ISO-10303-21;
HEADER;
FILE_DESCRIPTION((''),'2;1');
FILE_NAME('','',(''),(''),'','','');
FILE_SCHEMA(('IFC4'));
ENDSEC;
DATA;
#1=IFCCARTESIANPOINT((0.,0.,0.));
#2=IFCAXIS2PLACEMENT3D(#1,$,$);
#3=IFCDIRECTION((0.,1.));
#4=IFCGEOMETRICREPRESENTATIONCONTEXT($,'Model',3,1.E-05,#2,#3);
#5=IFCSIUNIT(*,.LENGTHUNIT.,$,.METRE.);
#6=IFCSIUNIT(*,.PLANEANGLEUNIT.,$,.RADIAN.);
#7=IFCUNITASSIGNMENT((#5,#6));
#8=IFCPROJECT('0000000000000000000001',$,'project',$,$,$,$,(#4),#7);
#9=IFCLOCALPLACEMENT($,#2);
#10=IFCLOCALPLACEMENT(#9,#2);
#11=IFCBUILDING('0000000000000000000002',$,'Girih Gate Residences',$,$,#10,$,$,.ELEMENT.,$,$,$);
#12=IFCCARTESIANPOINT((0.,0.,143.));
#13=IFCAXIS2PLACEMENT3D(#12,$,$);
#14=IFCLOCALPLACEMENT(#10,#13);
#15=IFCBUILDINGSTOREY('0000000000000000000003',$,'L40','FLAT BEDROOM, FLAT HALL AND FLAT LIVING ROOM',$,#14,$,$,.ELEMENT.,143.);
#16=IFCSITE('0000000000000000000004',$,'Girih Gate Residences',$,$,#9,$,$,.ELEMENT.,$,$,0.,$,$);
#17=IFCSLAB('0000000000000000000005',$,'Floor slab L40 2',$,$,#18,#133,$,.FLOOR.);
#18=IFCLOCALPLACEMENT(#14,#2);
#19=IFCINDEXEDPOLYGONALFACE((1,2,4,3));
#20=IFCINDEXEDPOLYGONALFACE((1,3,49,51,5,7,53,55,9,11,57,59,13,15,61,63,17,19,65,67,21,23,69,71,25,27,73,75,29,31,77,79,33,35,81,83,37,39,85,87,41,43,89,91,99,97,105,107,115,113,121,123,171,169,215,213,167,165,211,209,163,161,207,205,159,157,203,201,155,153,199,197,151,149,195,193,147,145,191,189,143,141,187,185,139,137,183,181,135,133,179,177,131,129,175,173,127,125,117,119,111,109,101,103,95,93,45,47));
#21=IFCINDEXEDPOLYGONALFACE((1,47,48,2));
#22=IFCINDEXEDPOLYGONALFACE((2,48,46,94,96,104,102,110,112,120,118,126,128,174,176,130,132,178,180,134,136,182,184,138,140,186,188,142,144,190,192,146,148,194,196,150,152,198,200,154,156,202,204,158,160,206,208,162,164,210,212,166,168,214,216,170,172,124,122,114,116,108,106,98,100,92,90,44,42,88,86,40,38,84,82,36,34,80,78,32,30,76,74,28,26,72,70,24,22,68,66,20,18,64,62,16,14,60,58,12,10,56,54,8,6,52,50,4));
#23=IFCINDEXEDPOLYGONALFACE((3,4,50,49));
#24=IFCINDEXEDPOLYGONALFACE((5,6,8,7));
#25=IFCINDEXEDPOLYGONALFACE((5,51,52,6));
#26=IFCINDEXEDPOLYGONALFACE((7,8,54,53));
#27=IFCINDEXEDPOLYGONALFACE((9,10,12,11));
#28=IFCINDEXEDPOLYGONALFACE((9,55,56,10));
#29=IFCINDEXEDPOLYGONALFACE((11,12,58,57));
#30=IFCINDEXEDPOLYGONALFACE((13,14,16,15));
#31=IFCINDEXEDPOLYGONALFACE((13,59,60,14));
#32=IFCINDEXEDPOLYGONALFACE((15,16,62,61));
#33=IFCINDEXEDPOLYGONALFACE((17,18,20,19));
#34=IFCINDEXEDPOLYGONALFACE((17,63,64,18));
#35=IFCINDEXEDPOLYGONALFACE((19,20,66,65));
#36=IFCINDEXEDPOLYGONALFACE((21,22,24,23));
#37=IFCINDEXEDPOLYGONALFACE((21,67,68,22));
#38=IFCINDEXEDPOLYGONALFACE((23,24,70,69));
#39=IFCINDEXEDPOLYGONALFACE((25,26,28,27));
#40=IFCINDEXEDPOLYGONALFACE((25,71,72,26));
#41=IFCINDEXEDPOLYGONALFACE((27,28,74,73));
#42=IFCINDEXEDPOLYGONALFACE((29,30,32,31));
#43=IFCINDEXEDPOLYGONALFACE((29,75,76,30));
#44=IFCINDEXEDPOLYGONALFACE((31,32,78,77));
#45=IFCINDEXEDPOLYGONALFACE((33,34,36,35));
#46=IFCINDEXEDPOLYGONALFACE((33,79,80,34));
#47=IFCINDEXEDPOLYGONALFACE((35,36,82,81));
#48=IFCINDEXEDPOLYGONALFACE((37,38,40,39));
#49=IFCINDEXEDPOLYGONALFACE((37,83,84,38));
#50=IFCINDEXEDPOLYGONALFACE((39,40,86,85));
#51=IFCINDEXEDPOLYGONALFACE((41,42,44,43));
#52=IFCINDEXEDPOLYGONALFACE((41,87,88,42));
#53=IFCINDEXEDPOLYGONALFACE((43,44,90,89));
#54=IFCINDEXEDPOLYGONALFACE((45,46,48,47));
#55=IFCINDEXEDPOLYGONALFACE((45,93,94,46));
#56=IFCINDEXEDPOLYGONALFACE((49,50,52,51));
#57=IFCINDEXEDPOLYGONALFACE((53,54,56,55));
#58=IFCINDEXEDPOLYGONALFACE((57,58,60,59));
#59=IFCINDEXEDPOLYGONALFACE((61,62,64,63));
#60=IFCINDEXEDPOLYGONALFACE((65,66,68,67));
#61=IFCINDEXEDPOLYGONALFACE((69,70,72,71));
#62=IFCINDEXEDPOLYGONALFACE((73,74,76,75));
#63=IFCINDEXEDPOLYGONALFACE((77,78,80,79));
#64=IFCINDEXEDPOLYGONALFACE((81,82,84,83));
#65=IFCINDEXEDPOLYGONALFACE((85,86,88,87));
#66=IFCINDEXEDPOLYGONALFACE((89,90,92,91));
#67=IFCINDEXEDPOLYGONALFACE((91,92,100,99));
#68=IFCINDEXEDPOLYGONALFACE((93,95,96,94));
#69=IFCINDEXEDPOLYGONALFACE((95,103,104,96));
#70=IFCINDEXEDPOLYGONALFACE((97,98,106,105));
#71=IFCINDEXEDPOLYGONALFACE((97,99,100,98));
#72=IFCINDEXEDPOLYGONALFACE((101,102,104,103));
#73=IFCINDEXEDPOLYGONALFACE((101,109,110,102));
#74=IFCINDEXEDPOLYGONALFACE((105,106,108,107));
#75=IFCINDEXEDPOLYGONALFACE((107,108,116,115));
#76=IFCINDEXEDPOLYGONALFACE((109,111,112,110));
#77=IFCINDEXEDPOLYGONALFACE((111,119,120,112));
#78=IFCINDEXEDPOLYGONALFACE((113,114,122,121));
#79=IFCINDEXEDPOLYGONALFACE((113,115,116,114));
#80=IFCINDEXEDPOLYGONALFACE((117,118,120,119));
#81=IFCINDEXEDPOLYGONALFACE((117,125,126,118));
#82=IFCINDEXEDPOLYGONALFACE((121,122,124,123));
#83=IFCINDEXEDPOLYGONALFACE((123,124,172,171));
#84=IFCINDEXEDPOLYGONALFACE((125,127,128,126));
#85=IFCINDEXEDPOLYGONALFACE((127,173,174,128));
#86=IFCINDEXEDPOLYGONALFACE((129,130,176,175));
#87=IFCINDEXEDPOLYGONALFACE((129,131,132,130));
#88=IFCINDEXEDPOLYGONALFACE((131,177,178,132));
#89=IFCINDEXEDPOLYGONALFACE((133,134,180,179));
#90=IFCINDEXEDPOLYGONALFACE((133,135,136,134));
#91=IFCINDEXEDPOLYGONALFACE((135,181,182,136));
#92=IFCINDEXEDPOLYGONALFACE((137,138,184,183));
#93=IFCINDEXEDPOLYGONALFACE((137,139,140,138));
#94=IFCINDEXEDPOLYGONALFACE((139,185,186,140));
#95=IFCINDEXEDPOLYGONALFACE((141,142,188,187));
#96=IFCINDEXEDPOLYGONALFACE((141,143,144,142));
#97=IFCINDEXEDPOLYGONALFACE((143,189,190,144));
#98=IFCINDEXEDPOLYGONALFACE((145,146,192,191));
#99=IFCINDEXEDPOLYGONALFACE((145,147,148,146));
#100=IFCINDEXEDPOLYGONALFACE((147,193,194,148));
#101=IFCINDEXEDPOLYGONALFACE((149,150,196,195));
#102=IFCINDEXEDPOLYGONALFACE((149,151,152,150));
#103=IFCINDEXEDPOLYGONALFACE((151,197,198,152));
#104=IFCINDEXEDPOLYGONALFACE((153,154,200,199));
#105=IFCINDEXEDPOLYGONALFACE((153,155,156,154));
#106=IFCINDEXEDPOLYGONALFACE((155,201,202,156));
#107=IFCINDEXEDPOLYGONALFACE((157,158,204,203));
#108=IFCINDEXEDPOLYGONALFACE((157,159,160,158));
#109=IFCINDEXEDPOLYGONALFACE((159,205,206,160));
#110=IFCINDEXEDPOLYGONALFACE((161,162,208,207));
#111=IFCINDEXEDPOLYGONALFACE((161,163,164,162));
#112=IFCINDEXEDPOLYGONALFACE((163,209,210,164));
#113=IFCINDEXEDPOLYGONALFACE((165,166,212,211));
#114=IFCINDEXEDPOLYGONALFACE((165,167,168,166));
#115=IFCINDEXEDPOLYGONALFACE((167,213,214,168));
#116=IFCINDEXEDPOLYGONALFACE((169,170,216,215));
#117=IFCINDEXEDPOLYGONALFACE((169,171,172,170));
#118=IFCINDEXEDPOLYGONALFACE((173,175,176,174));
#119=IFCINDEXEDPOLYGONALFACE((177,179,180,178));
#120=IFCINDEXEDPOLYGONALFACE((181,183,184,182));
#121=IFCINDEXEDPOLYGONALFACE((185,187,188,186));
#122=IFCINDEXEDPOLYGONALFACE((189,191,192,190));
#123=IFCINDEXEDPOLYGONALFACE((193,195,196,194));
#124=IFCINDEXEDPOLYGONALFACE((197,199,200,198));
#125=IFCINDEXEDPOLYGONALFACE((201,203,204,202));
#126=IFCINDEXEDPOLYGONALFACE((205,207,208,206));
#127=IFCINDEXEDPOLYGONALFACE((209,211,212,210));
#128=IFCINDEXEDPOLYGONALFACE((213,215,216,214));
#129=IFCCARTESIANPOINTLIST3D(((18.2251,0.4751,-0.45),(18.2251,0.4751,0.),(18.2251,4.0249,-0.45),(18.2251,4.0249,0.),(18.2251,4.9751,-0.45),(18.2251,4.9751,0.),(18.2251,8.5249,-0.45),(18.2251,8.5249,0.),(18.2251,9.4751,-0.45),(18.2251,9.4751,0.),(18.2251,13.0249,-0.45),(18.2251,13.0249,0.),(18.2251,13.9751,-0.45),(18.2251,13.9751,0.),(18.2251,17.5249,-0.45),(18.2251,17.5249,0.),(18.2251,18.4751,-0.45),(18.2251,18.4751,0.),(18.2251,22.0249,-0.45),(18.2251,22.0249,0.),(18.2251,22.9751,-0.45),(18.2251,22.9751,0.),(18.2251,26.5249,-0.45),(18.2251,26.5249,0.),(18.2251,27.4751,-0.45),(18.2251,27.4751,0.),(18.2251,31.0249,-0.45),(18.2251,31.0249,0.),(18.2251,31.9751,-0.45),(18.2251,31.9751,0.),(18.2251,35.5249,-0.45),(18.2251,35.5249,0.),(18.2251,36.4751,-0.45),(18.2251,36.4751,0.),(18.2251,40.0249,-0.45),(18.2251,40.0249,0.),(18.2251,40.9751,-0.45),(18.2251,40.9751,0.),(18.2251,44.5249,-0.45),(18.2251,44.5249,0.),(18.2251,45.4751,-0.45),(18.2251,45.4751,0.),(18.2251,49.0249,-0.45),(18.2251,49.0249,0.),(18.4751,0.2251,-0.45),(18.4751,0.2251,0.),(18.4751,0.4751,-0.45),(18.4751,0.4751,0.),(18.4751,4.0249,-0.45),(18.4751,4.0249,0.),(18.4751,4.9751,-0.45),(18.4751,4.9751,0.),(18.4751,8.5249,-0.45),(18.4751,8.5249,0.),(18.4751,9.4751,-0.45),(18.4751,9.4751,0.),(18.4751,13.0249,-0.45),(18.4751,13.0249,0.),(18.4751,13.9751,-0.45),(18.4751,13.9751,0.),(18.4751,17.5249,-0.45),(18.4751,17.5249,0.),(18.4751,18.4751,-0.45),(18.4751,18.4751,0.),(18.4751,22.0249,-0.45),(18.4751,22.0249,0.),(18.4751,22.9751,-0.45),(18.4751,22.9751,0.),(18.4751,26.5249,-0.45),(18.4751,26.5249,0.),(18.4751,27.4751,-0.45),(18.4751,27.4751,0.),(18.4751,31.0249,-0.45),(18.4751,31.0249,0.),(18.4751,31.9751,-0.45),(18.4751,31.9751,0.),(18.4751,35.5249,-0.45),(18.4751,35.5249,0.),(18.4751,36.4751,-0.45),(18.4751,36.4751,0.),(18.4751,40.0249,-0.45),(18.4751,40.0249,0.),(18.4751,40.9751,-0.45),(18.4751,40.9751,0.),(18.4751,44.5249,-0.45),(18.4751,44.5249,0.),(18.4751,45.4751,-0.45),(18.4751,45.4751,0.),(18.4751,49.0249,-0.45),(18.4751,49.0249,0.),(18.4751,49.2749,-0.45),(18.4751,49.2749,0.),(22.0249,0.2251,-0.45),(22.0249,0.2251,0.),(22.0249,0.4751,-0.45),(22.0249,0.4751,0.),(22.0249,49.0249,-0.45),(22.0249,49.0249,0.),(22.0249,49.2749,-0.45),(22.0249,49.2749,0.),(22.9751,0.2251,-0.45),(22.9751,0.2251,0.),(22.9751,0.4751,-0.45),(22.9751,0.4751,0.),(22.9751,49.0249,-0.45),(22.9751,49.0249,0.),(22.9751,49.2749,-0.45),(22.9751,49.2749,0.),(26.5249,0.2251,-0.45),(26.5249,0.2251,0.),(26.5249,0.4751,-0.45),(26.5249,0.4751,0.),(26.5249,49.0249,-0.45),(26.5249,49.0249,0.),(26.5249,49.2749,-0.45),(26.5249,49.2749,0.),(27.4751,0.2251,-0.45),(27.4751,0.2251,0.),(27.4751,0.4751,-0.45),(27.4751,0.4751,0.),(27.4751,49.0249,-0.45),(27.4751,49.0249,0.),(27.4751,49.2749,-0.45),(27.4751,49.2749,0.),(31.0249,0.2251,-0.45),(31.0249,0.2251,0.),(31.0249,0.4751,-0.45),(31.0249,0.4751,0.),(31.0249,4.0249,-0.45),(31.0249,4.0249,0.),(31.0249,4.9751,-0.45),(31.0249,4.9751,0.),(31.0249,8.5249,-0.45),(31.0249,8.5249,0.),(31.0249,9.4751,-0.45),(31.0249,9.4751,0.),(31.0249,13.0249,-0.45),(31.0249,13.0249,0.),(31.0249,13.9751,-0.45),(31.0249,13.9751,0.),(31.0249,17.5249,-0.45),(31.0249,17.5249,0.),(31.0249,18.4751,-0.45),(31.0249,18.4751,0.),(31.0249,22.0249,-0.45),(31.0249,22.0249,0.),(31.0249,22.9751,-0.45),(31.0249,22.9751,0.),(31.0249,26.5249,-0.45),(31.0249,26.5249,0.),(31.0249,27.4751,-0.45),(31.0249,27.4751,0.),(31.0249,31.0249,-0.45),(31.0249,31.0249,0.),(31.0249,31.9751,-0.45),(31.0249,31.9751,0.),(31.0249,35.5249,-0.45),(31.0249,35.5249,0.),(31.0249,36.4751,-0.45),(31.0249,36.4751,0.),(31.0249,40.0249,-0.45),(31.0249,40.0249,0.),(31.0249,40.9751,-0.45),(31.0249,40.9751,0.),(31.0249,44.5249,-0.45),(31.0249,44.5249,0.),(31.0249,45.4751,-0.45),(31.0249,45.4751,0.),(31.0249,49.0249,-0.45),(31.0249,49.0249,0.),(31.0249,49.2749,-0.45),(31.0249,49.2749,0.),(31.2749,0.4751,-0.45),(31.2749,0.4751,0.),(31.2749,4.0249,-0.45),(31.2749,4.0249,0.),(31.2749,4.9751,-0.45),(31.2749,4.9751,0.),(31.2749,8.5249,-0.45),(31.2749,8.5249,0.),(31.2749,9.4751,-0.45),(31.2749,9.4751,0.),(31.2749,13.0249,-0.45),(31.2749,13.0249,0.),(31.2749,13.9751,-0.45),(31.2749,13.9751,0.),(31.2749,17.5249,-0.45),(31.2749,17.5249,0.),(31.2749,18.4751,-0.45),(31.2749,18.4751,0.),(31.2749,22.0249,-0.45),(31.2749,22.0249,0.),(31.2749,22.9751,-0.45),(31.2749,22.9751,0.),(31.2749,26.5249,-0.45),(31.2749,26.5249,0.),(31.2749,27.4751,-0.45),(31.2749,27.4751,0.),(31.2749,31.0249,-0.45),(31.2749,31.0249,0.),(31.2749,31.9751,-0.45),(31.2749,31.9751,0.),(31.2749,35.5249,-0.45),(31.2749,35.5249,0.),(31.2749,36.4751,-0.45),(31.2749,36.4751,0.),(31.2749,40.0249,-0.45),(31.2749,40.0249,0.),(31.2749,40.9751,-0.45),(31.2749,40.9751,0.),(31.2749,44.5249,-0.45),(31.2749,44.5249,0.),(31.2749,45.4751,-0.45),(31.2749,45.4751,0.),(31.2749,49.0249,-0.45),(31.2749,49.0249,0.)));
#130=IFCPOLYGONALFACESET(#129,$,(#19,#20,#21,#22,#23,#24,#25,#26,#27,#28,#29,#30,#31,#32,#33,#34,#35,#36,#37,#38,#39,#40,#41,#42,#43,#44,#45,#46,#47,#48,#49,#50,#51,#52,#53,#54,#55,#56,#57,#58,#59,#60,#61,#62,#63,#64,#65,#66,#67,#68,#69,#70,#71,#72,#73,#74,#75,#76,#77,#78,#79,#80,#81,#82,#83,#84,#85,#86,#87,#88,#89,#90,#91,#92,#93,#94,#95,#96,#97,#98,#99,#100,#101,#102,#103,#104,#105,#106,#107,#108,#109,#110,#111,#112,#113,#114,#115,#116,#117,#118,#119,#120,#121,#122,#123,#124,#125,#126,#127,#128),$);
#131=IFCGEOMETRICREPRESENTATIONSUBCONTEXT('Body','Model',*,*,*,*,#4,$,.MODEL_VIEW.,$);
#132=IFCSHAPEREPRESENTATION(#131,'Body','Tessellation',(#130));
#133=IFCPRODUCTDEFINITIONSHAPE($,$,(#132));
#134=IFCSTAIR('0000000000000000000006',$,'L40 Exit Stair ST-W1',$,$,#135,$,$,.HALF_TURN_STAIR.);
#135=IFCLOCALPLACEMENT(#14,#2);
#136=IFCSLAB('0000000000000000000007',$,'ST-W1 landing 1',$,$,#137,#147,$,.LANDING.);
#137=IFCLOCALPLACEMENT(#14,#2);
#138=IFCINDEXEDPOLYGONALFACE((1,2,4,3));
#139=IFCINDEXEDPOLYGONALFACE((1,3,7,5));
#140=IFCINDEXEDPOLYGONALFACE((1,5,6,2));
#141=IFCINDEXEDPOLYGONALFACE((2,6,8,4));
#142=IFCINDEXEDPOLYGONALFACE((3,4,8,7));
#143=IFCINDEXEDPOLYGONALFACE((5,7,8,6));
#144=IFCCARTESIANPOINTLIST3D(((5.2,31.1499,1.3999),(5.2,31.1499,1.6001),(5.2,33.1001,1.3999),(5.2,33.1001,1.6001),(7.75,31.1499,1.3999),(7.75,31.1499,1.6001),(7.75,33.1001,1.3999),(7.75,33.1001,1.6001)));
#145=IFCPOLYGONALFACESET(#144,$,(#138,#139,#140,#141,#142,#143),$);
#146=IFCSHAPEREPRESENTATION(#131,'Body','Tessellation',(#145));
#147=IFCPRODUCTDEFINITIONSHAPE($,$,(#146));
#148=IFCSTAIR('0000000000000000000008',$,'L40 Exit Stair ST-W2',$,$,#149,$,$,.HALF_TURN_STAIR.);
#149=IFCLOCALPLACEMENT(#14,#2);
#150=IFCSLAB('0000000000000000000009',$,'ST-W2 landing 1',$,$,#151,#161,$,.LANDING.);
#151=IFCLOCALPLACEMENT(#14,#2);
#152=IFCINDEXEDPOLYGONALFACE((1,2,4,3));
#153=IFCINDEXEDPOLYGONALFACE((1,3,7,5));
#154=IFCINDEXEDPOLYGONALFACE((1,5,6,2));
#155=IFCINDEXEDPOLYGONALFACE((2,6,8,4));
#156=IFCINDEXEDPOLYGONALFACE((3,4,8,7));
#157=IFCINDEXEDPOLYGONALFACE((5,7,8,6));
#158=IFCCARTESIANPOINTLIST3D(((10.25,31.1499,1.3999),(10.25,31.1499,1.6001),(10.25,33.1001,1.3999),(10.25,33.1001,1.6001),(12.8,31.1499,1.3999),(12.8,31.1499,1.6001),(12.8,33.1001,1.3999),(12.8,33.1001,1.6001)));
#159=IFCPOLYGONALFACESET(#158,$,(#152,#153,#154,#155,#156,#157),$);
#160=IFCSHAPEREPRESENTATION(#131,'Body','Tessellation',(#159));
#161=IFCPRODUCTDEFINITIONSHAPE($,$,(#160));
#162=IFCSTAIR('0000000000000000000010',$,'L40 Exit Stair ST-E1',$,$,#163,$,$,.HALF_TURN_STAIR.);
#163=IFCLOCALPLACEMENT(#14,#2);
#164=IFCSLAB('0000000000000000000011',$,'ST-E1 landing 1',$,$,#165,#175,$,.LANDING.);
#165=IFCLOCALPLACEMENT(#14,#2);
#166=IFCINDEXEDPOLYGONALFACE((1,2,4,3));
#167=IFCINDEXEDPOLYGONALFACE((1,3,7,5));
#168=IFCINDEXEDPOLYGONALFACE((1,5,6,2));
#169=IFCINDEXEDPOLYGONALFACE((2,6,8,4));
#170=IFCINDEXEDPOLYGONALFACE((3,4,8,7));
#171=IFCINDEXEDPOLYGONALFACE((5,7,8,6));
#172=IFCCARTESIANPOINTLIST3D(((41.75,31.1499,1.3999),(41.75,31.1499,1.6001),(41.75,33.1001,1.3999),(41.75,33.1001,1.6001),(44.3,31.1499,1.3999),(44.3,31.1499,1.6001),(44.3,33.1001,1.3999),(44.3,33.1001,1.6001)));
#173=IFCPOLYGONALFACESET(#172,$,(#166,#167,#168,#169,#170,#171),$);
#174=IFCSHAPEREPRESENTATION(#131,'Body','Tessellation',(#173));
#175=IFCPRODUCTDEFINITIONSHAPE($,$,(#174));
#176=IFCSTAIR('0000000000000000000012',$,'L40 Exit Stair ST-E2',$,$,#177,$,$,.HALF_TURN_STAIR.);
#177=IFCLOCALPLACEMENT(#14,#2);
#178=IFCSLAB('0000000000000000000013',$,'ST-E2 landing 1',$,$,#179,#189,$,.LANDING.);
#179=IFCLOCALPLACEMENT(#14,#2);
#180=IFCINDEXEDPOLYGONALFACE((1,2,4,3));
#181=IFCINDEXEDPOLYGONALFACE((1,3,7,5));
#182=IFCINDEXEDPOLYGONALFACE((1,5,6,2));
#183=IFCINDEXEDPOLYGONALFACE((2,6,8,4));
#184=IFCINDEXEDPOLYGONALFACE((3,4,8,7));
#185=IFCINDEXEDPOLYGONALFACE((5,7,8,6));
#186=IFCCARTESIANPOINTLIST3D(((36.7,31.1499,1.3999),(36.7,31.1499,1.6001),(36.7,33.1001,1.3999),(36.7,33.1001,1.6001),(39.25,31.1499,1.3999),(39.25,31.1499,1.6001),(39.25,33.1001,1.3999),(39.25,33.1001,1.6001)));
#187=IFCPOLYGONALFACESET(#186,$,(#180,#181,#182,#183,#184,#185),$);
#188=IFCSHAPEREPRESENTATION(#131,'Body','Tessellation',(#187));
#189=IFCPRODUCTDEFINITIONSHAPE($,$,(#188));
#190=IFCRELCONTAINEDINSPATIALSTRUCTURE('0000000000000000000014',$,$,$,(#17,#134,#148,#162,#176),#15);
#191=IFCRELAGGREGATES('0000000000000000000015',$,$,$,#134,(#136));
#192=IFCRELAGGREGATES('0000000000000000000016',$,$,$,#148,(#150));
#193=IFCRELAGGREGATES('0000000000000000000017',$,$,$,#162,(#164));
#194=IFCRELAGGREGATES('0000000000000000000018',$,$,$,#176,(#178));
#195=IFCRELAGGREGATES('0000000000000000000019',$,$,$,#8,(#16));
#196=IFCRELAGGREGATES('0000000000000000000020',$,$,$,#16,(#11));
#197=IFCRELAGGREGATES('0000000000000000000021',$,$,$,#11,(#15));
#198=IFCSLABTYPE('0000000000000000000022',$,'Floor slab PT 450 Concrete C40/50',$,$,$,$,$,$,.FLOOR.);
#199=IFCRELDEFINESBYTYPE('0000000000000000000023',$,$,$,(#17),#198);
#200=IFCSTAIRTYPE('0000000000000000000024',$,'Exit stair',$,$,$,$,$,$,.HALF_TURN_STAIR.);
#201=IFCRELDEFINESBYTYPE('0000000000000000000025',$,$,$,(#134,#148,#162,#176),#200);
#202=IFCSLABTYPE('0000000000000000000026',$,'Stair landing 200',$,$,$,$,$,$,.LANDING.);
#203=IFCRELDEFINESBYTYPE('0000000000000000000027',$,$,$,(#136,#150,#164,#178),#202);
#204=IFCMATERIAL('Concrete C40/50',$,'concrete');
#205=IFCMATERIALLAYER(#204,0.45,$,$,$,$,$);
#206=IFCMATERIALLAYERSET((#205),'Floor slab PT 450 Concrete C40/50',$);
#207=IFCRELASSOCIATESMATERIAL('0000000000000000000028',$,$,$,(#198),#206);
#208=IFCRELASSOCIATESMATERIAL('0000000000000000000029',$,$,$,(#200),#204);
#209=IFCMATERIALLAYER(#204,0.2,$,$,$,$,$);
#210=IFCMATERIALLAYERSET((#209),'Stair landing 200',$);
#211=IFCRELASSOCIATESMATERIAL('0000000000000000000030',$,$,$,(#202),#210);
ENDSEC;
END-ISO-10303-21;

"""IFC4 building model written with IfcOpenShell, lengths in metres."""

from ifc_helpers import new_model, si_unit, direction, frame, origin, place, context, subcontext, project, spatial, polyline, outline, extrude, material, layer, layer_set, type_object, element, aggregate, save


model = new_model("IFC4")

# Units and contexts
model_context = context("Model", 3, precision=1e-05, world=origin(), true_north=direction((0.0, 1.0)))
body_context = subcontext(model_context, "Body", "Model", "MODEL_VIEW")
ifc_project = project(units=[si_unit("LENGTHUNIT", "METRE"), si_unit("PLANEANGLEUNIT", "RADIAN")], contexts=[model_context])

# Site, building, storey
site_placement = place(None, origin())
site = spatial("IfcSite", under=ifc_project, at=site_placement, Name="Girih Gate Residences", CompositionType="ELEMENT", RefElevation=0.0)
building_placement = place(site_placement, origin())
building = spatial("IfcBuilding", under=site, at=building_placement, Name="Girih Gate Residences", CompositionType="ELEMENT")
storey_placement = place(building_placement, frame((0.0, 0.0, 143.0)))
storey = spatial("IfcBuildingStorey", under=building, at=storey_placement, Name="L40", Description="FLAT BEDROOM, FLAT HALL AND FLAT LIVING ROOM", CompositionType="ELEMENT", Elevation=143.0)

# Slab
ifc_material_1 = material(Name="Concrete C40/50", Category="concrete")
ifc_layer_1 = layer(ifc_material_1, 0.45)
ifc_layer_set_1 = layer_set([ifc_layer_1], Name="Floor slab PT 450 Concrete C40/50")
slab_type_1 = type_object("IfcSlabType", Name="Floor slab PT 450 Concrete C40/50", PredefinedType="FLOOR", material=ifc_layer_set_1)
slab_1_placement = place(storey_placement, frame((0.0, 0.0, -0.45)))
element("IfcSlab", 1, at=slab_1_placement, inside=storey, type_object=slab_type_1, Name="Floor slab L40 2", PredefinedType="FLOOR", context=body_context, shape_type="SweptSolid", body=[
    extrude(outline(polyline([(22.0249, 49.2749), (18.4751, 49.2749), (18.4751, 49.0249), (18.2251, 49.0249), (18.2251, 45.4751), (18.4751, 45.4751), (18.4751, 44.5249), (18.2251, 44.5249), (18.2251, 40.9751), (18.4751, 40.9751), (18.4751, 40.0249), (18.2251, 40.0249), (18.2251, 36.4751), (18.4751, 36.4751), (18.4751, 35.5249), (18.2251, 35.5249), (18.2251, 31.9751), (18.4751, 31.9751), (18.4751, 31.0249), (18.2251, 31.0249), (18.2251, 27.4751), (18.4751, 27.4751), (18.4751, 26.5249), (18.2251, 26.5249), (18.2251, 22.9751), (18.4751, 22.9751), (18.4751, 22.0249), (18.2251, 22.0249), (18.2251, 18.4751), (18.4751, 18.4751), (18.4751, 17.5249), (18.2251, 17.5249), (18.2251, 13.9751), (18.4751, 13.9751), (18.4751, 13.0249), (18.2251, 13.0249), (18.2251, 9.4751), (18.4751, 9.4751), (18.4751, 8.5249), (18.2251, 8.5249), (18.2251, 4.9751), (18.4751, 4.9751), (18.4751, 4.0249), (18.2251, 4.0249), (18.2251, 0.4751), (18.4751, 0.4751), (18.4751, 0.2251), (22.0249, 0.2251), (22.0249, 0.4751), (22.9751, 0.4751), (22.9751, 0.2251), (26.5249, 0.2251), (26.5249, 0.4751), (27.4751, 0.4751), (27.4751, 0.2251), (31.0249, 0.2251), (31.0249, 0.4751), (31.2749, 0.4751), (31.2749, 4.0249), (31.0249, 4.0249), (31.0249, 4.9751), (31.2749, 4.9751), (31.2749, 8.5249), (31.0249, 8.5249), (31.0249, 9.4751), (31.2749, 9.4751), (31.2749, 13.0249), (31.0249, 13.0249), (31.0249, 13.9751), (31.2749, 13.9751), (31.2749, 17.5249), (31.0249, 17.5249), (31.0249, 18.4751), (31.2749, 18.4751), (31.2749, 22.0249), (31.0249, 22.0249), (31.0249, 22.9751), (31.2749, 22.9751), (31.2749, 26.5249), (31.0249, 26.5249), (31.0249, 27.4751), (31.2749, 27.4751), (31.2749, 31.0249), (31.0249, 31.0249), (31.0249, 31.9751), (31.2749, 31.9751), (31.2749, 35.5249), (31.0249, 35.5249), (31.0249, 36.4751), (31.2749, 36.4751), (31.2749, 40.0249), (31.0249, 40.0249), (31.0249, 40.9751), (31.2749, 40.9751), (31.2749, 44.5249), (31.0249, 44.5249), (31.0249, 45.4751), (31.2749, 45.4751), (31.2749, 49.0249), (31.0249, 49.0249), (31.0249, 49.2749), (27.4751, 49.2749), (27.4751, 49.0249), (26.5249, 49.0249), (26.5249, 49.2749), (22.9751, 49.2749), (22.9751, 49.0249), (22.0249, 49.0249), (22.0249, 49.2749)])), origin(), (0.0, 0.0, 1.0), 0.45),
])

# Stairs, slabs
stair_type = type_object("IfcStairType", Name="Exit stair", PredefinedType="HALF_TURN_STAIR", material=ifc_material_1)
stair_1_placement = place(storey_placement, origin())
stair_1 = element("IfcStair", 2, at=stair_1_placement, inside=storey, type_object=stair_type, Name="L40 Exit Stair ST-W1", PredefinedType="HALF_TURN_STAIR")
ifc_layer_2 = layer(ifc_material_1, 0.2)
ifc_layer_set_2 = layer_set([ifc_layer_2], Name="Stair landing 200")
slab_type_2 = type_object("IfcSlabType", Name="Stair landing 200", PredefinedType="LANDING", material=ifc_layer_set_2)
slab_2_placement = place(storey_placement, frame((0.0, 0.0, 1.3999)))
slab_2 = element("IfcSlab", 3, at=slab_2_placement, type_object=slab_type_2, Name="ST-W1 landing 1", PredefinedType="LANDING", context=body_context, shape_type="SweptSolid", body=[
    extrude(outline(polyline([(7.75, 31.1499), (7.75, 33.1001), (5.2, 33.1001), (5.2, 31.1499), (7.75, 31.1499)])), origin(), (0.0, 0.0, 1.0), 0.2002),
])
aggregate(stair_1, [slab_2])
stair_2_placement = place(storey_placement, origin())
stair_2 = element("IfcStair", 4, at=stair_2_placement, inside=storey, type_object=stair_type, Name="L40 Exit Stair ST-W2", PredefinedType="HALF_TURN_STAIR")
slab_3_placement = place(storey_placement, frame((0.0, 0.0, 1.3999)))
slab_3 = element("IfcSlab", 5, at=slab_3_placement, type_object=slab_type_2, Name="ST-W2 landing 1", PredefinedType="LANDING", context=body_context, shape_type="SweptSolid", body=[
    extrude(outline(polyline([(12.8, 31.1499), (12.8, 33.1001), (10.25, 33.1001), (10.25, 31.1499), (12.8, 31.1499)])), origin(), (0.0, 0.0, 1.0), 0.2002),
])
aggregate(stair_2, [slab_3])
stair_3_placement = place(storey_placement, origin())
stair_3 = element("IfcStair", 6, at=stair_3_placement, inside=storey, type_object=stair_type, Name="L40 Exit Stair ST-E1", PredefinedType="HALF_TURN_STAIR")
slab_4_placement = place(storey_placement, frame((0.0, 0.0, 1.3999)))
slab_4 = element("IfcSlab", 7, at=slab_4_placement, type_object=slab_type_2, Name="ST-E1 landing 1", PredefinedType="LANDING", context=body_context, shape_type="SweptSolid", body=[
    extrude(outline(polyline([(44.3, 31.1499), (44.3, 33.1001), (41.75, 33.1001), (41.75, 31.1499), (44.3, 31.1499)])), origin(), (0.0, 0.0, 1.0), 0.2002),
])
aggregate(stair_3, [slab_4])
stair_4_placement = place(storey_placement, origin())
stair_4 = element("IfcStair", 8, at=stair_4_placement, inside=storey, type_object=stair_type, Name="L40 Exit Stair ST-E2", PredefinedType="HALF_TURN_STAIR")
slab_5_placement = place(storey_placement, frame((0.0, 0.0, 1.3999)))
slab_5 = element("IfcSlab", 9, at=slab_5_placement, type_object=slab_type_2, Name="ST-E2 landing 1", PredefinedType="LANDING", context=body_context, shape_type="SweptSolid", body=[
    extrude(outline(polyline([(39.25, 31.1499), (39.25, 33.1001), (36.7, 33.1001), (36.7, 31.1499), (39.25, 31.1499)])), origin(), (0.0, 0.0, 1.0), 0.2002),
])
aggregate(stair_4, [slab_5])

save(model, "model.ifc")
